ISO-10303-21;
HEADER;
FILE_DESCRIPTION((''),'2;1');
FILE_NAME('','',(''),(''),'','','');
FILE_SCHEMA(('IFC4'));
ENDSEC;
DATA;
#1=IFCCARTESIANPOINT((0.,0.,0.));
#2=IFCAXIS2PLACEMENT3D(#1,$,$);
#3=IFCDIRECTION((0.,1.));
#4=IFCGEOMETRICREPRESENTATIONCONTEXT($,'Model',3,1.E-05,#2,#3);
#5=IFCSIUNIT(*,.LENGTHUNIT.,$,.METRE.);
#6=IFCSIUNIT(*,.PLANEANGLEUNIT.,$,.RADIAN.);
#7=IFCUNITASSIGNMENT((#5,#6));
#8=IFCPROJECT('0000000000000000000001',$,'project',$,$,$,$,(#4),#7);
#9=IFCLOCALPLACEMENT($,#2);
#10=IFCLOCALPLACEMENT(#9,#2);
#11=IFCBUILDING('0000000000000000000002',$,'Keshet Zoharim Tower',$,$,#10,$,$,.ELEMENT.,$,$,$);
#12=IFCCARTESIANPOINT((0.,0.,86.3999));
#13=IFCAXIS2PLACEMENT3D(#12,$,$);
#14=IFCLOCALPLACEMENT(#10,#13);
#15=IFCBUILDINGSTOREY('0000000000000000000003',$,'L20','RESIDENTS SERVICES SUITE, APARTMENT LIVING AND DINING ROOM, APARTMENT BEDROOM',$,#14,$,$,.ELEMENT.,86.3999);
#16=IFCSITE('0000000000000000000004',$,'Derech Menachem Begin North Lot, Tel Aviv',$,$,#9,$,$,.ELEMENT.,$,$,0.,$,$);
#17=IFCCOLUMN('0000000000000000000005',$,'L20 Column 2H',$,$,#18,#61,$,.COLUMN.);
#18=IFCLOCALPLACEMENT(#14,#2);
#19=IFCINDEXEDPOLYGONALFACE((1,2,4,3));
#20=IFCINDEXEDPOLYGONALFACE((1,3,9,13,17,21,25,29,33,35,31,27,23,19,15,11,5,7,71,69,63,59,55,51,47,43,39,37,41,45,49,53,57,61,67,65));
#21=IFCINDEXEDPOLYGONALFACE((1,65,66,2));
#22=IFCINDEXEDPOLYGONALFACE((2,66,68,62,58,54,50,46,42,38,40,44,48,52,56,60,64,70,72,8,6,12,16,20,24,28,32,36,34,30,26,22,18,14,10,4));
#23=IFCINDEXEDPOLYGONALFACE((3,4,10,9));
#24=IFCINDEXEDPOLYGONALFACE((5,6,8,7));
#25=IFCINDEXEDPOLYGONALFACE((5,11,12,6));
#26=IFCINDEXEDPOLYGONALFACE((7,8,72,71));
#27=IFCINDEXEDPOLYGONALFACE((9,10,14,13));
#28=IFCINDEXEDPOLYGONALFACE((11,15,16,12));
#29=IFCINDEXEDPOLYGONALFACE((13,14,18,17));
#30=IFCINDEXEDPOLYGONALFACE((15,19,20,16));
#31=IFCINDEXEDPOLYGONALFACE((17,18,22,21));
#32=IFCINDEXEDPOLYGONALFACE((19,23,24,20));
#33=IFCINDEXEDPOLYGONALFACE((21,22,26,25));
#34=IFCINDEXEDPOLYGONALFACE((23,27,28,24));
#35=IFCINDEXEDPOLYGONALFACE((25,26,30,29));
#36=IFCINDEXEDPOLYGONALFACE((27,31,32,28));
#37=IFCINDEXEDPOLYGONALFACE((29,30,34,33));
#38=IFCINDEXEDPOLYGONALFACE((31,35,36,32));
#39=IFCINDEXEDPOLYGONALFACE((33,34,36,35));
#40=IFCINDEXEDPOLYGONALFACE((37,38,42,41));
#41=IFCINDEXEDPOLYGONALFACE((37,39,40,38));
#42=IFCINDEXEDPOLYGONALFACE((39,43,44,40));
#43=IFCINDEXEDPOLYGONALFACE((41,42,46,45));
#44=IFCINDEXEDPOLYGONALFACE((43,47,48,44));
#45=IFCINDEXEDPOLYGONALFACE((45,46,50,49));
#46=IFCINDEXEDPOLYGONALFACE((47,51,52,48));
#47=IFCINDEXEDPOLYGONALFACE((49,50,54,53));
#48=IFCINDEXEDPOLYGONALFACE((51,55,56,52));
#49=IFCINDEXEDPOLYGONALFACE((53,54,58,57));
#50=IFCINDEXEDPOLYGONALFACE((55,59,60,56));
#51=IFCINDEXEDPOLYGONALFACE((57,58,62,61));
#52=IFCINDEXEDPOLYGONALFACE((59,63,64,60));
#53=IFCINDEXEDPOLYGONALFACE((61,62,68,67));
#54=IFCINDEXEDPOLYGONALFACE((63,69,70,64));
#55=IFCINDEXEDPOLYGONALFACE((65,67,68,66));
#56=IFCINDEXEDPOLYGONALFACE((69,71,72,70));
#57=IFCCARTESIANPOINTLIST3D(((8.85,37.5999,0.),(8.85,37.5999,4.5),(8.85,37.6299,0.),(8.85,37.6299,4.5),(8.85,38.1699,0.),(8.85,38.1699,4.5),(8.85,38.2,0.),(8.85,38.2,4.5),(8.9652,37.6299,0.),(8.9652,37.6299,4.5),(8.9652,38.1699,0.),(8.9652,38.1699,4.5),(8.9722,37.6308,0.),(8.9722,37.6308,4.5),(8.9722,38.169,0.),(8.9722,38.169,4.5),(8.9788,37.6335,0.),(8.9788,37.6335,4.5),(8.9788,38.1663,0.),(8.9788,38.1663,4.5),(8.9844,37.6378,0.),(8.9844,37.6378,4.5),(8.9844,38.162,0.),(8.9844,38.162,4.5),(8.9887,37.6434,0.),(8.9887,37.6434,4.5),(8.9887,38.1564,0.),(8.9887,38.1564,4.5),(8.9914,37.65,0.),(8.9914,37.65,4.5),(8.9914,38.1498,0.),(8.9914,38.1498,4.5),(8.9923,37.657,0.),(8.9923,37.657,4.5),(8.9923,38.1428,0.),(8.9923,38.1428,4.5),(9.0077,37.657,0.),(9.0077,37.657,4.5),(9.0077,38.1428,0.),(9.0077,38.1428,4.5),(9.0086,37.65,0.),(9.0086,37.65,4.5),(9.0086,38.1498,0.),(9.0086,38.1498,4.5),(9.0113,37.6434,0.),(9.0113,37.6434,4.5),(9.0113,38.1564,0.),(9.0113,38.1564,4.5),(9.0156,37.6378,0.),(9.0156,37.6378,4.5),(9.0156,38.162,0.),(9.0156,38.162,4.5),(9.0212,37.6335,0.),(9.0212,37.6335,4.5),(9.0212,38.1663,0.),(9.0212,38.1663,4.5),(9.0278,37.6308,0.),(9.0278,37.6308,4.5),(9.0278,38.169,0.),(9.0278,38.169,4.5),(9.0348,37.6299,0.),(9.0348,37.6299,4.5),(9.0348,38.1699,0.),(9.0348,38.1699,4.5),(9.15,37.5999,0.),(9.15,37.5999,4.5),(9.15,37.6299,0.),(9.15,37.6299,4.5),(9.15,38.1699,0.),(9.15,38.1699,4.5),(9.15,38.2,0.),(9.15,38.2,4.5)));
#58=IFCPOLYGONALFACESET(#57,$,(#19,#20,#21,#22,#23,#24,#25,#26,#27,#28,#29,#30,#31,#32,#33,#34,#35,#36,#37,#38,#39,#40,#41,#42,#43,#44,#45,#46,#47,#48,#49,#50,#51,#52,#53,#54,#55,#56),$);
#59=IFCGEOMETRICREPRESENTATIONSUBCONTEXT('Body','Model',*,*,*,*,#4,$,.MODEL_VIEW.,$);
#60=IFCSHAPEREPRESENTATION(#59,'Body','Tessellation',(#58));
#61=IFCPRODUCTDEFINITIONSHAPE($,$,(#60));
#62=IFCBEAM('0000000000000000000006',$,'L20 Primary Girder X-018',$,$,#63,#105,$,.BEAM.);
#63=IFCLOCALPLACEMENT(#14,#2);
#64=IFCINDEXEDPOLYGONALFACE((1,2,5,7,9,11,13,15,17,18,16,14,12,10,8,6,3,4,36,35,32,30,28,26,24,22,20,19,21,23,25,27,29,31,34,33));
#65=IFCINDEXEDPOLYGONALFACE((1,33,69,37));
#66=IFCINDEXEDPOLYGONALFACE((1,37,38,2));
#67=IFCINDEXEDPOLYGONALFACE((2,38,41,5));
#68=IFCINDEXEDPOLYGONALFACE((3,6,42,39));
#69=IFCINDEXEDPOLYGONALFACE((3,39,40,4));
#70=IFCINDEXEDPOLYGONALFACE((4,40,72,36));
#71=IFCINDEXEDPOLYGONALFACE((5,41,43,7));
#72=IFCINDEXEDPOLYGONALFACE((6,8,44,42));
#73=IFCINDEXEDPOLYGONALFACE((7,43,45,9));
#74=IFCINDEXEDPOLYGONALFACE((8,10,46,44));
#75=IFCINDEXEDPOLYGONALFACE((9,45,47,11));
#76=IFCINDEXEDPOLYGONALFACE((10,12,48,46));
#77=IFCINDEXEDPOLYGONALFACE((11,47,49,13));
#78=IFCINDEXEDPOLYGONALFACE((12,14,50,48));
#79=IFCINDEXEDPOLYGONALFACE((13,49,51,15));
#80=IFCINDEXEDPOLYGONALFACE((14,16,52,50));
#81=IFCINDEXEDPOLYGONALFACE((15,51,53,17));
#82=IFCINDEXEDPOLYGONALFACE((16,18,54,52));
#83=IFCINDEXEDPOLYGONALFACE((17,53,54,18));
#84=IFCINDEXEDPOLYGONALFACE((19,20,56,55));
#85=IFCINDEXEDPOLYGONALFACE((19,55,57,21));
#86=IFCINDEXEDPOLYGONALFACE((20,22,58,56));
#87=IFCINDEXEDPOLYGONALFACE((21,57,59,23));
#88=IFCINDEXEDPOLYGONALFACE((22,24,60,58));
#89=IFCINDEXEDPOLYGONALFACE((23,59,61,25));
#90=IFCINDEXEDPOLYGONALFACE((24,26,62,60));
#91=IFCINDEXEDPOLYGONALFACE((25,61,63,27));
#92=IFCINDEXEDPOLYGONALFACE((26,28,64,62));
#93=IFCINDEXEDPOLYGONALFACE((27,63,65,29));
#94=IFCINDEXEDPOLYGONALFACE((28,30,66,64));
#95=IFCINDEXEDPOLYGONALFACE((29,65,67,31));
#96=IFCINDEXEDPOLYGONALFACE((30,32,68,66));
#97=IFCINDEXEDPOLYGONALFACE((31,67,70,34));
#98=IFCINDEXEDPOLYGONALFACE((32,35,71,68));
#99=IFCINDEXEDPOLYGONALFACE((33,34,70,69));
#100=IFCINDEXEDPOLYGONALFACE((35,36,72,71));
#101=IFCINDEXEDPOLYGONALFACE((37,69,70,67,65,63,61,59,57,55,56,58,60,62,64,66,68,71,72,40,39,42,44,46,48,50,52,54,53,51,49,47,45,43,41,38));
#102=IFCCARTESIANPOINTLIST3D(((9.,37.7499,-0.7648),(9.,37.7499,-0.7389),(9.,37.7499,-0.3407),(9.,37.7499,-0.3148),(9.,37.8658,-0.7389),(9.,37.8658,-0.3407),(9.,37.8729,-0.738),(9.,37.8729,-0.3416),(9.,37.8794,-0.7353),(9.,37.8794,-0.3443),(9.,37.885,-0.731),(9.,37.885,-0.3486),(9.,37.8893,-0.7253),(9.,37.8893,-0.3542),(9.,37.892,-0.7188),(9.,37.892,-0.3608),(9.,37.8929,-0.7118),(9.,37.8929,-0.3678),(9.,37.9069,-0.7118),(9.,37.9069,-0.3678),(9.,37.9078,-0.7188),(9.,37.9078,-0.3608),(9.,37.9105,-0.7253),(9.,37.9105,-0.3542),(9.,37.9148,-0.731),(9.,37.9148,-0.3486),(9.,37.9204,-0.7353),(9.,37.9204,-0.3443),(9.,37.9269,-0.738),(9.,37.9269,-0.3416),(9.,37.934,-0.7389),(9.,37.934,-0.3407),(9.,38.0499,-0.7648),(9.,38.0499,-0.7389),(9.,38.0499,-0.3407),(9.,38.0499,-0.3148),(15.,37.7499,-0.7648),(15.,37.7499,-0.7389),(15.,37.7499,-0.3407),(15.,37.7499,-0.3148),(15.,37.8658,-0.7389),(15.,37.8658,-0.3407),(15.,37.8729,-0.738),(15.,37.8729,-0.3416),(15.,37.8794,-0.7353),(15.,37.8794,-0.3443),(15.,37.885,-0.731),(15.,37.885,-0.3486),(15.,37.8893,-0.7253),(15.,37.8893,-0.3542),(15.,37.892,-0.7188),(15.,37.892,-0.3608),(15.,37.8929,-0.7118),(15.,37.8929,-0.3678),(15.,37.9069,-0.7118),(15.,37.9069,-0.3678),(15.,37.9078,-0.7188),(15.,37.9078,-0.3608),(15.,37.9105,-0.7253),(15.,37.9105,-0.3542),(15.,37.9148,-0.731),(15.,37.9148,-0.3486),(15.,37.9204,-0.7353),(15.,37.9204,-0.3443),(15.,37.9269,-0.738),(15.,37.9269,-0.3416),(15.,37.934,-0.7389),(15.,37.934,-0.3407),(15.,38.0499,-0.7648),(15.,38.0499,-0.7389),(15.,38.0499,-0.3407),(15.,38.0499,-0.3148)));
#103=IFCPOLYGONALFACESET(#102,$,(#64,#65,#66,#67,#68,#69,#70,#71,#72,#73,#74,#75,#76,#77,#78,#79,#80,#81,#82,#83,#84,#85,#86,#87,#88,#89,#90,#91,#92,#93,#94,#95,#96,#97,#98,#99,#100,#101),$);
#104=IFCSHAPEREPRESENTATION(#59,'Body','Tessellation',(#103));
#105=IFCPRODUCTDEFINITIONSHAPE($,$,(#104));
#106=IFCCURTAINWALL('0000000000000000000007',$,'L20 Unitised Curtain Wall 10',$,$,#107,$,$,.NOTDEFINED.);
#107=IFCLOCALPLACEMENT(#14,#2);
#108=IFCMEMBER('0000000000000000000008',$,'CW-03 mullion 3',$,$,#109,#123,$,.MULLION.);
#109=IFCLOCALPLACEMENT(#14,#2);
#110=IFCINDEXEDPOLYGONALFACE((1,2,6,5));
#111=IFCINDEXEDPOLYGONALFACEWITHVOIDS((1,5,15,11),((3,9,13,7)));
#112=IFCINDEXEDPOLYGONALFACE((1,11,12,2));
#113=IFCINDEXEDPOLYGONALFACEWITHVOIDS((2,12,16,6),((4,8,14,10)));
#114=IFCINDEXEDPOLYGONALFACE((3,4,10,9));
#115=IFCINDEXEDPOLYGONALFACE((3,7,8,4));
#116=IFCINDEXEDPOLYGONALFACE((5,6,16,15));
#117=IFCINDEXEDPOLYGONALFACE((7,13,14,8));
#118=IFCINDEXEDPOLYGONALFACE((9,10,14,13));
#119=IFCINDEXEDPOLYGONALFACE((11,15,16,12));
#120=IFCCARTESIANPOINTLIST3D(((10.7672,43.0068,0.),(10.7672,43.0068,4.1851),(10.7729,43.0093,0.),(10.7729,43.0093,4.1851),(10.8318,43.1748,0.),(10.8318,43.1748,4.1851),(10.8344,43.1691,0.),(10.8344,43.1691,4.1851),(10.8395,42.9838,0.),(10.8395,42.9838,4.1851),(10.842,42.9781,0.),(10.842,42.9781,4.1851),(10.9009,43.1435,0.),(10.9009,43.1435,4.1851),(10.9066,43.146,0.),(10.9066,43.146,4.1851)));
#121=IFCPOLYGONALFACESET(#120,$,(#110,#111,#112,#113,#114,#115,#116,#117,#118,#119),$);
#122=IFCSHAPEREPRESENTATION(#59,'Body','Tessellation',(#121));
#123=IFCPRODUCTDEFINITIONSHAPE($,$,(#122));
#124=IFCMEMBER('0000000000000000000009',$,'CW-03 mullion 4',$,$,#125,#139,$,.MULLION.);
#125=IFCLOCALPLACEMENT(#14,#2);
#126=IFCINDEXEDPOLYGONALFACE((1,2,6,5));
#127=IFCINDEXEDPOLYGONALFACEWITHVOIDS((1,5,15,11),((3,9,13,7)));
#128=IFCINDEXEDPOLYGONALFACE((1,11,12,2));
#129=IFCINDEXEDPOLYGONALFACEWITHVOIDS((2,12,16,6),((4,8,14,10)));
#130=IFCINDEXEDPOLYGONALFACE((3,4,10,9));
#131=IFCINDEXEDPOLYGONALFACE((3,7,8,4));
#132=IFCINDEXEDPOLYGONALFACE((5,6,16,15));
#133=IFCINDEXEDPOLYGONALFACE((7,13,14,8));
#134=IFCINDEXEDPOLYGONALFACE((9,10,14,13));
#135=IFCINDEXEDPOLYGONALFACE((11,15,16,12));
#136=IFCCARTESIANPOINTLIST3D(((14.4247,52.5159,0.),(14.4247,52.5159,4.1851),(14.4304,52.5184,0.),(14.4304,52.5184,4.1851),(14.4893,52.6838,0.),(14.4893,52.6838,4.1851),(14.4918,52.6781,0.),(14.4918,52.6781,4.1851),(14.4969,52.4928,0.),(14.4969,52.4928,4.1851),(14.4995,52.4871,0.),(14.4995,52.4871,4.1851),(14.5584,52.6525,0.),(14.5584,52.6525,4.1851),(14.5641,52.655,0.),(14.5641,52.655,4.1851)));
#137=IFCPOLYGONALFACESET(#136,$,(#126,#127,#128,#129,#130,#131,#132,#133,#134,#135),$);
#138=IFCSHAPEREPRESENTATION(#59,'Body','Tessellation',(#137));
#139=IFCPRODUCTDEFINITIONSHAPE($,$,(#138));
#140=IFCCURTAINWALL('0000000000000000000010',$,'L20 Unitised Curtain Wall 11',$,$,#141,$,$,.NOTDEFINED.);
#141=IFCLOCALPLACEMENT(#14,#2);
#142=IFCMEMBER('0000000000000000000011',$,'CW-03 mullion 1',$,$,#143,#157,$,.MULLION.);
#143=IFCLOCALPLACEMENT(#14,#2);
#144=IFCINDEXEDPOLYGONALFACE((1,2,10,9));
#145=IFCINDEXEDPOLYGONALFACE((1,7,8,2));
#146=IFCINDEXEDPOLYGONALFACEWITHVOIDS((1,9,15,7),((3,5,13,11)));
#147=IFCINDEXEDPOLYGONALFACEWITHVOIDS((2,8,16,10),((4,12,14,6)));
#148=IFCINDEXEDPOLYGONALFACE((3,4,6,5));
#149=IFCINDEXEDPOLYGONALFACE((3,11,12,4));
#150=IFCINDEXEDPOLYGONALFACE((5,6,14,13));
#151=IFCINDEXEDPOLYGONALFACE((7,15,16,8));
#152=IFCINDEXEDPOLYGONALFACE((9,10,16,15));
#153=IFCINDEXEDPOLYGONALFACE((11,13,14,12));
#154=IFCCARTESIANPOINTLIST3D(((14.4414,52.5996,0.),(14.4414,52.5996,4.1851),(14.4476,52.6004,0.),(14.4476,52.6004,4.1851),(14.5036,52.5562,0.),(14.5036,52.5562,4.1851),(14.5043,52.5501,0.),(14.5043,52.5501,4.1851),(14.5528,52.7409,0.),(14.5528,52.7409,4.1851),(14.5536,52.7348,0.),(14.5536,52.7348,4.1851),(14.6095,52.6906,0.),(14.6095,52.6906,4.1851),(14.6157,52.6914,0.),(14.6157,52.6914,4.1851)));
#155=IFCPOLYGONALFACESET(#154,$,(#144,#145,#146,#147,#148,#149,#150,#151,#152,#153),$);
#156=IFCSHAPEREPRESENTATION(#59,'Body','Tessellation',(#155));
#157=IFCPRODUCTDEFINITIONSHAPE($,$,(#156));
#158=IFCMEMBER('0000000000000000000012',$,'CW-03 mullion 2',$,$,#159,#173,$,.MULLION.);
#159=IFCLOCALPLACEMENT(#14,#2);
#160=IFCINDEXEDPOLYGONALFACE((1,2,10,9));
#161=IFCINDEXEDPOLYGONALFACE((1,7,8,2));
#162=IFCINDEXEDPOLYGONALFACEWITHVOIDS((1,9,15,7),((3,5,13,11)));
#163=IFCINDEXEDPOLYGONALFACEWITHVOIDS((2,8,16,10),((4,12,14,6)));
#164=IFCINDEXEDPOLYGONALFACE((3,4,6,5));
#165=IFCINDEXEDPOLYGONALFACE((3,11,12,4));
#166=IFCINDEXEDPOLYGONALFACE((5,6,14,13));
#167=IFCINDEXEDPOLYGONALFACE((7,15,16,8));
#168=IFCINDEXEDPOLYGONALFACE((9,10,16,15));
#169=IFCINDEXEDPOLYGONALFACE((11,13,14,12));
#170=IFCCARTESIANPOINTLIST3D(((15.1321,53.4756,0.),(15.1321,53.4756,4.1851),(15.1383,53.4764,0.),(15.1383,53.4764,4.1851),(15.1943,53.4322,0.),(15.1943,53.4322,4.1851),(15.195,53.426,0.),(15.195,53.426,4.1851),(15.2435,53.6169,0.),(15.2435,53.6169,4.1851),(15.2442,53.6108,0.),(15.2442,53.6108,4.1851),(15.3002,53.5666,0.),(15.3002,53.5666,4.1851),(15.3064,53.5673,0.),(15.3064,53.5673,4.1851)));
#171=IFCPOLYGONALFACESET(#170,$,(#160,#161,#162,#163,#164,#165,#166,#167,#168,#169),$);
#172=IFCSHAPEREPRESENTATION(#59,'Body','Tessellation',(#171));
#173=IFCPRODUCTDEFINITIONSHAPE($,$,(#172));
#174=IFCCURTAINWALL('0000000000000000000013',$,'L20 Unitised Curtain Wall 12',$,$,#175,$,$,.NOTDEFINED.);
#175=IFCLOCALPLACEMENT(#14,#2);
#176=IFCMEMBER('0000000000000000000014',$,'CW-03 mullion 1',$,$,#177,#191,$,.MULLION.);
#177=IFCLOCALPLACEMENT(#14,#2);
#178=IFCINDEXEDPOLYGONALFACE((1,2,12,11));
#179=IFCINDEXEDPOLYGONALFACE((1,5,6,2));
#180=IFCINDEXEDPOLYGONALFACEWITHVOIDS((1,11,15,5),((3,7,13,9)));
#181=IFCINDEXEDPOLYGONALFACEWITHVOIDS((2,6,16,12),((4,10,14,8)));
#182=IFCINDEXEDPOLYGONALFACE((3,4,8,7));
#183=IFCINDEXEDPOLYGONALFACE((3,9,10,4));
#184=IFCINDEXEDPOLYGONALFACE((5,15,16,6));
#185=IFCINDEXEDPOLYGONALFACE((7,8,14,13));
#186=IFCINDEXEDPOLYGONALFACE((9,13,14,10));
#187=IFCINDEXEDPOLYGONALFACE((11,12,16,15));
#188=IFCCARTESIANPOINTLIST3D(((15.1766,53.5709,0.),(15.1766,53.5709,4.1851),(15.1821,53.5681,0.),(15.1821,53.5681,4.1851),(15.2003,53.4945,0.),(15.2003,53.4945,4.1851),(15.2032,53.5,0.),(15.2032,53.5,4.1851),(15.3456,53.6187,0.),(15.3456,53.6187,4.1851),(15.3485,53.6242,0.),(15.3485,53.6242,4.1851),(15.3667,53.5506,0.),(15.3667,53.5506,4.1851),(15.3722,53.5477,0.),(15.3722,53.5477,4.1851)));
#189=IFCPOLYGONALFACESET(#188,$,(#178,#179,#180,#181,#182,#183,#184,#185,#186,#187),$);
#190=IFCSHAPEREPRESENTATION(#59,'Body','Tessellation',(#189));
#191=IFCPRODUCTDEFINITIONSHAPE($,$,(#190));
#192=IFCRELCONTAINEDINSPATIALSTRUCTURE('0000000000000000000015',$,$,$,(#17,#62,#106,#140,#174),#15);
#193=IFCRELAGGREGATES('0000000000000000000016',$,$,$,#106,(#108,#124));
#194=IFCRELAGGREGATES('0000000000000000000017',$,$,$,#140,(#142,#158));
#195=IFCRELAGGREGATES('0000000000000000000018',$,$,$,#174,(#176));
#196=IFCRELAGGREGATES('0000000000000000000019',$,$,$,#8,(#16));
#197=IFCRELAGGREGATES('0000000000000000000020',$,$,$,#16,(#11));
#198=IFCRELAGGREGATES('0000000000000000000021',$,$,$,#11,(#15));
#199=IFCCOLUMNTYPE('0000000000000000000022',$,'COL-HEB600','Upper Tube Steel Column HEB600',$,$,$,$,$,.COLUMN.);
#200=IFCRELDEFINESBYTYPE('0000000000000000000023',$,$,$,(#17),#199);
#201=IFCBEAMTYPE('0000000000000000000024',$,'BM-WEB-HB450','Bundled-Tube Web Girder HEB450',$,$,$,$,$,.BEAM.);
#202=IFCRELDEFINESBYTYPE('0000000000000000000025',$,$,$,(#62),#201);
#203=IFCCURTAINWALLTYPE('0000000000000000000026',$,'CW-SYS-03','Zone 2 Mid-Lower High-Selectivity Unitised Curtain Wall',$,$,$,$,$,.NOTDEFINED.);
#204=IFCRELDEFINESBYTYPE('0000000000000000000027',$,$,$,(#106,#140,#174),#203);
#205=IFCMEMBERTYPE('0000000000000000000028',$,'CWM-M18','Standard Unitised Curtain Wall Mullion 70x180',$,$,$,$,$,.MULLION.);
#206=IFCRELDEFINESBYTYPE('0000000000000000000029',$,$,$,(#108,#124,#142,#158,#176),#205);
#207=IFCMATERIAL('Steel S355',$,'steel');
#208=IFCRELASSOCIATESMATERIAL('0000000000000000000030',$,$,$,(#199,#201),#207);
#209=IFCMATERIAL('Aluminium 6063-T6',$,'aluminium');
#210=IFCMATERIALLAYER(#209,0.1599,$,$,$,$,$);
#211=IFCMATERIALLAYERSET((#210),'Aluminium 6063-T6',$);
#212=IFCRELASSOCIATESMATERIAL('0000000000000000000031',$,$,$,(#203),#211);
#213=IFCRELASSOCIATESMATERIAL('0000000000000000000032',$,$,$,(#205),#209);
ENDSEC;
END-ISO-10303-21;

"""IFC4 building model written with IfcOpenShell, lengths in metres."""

from ifc_helpers import new_model, si_unit, direction, frame, origin, origin_2d, place, context, subcontext, project, spatial, hollow_rectangle, i_section, extrude, material, layer, layer_set, material_profile, profile_set, type_object, element, aggregate, save


model = new_model("IFC4")

# Units and contexts
model_context = context("Model", 3, precision=1e-05, world=origin(), true_north=direction((0.0, 1.0)))
body_context = subcontext(model_context, "Body", "Model", "MODEL_VIEW")
ifc_project = project(units=[si_unit("LENGTHUNIT", "METRE"), si_unit("PLANEANGLEUNIT", "RADIAN")], contexts=[model_context])

# Site, building, storey
site_placement = place(None, origin())
site = spatial("IfcSite", under=ifc_project, at=site_placement, Name="Derech Menachem Begin North Lot, Tel Aviv", CompositionType="ELEMENT", RefElevation=0.0)
building_placement = place(site_placement, origin())
building = spatial("IfcBuilding", under=site, at=building_placement, Name="Keshet Zoharim Tower", CompositionType="ELEMENT")
storey_placement = place(building_placement, frame((0.0, 0.0, 86.3999)))
storey = spatial("IfcBuildingStorey", under=building, at=storey_placement, Name="L20", Description="RESIDENTS SERVICES SUITE, APARTMENT LIVING AND DINING ROOM, APARTMENT BEDROOM", CompositionType="ELEMENT", Elevation=86.3999)

# Column
ifc_material_1 = material(Name="Steel S355", Category="steel")
ifc_material_profile_1 = material_profile(ifc_material_1, i_section(OverallWidth=0.3, OverallDepth=0.6001, WebThickness=0.0154, FlangeThickness=0.03, FilletRadius=0.0271, at=origin_2d()), Name="HEB600")
ifc_profile_set_1 = profile_set([ifc_material_profile_1], Name="Steel S355")
column_type = type_object("IfcColumnType", Name="COL-HEB600", Description="Upper Tube Steel Column HEB600", PredefinedType="COLUMN", material=ifc_profile_set_1)
column_placement = place(storey_placement, frame((9.0, 37.8999, 0.0), z_axis=(0.0, 0.0, 1.0), x_axis=(1.0, 0.0, 0.0)))
element("IfcColumn", 1, at=column_placement, inside=storey, type_object=column_type, Name="L20 Column 2H", PredefinedType="COLUMN", context=body_context, shape_type="SweptSolid", body=[
    extrude(i_section(OverallWidth=0.3, OverallDepth=0.6001, WebThickness=0.0154, FlangeThickness=0.03, FilletRadius=0.0271, at=origin_2d()), origin(), (0.0, 0.0, 1.0), 4.5),
])

# Beam
ifc_material_profile_2 = material_profile(ifc_material_1, i_section(OverallWidth=0.3, OverallDepth=0.45, WebThickness=0.0139, FlangeThickness=0.0259, FilletRadius=0.0271, at=origin_2d()), Name="HEB450")
ifc_profile_set_2 = profile_set([ifc_material_profile_2], Name="Steel S355")
beam_type = type_object("IfcBeamType", Name="BM-WEB-HB450", Description="Bundled-Tube Web Girder HEB450", PredefinedType="BEAM", material=ifc_profile_set_2)
beam_placement = place(storey_placement, frame((9.0, 37.8999, -0.5398), z_axis=(1.0, 0.0, 0.0), x_axis=(0.0, 1.0, 0.0)))
element("IfcBeam", 2, at=beam_placement, inside=storey, type_object=beam_type, Name="L20 Primary Girder X-018", PredefinedType="BEAM", context=body_context, shape_type="SweptSolid", body=[
    extrude(i_section(OverallWidth=0.3, OverallDepth=0.45, WebThickness=0.0139, FlangeThickness=0.0259, FilletRadius=0.0271, at=origin_2d()), origin(), (0.0, 0.0, 1.0), 6.0),
])

# Curtain walls, members
ifc_material_2 = material(Name="Aluminium 6063-T6", Category="aluminium")
ifc_layer_1 = layer(ifc_material_2, 0.1599)
ifc_layer_set_1 = layer_set([ifc_layer_1], Name="Aluminium 6063-T6")
curtain_wall_type = type_object("IfcCurtainWallType", Name="CW-SYS-03", Description="Zone 2 Mid-Lower High-Selectivity Unitised Curtain Wall", PredefinedType="NOTDEFINED", material=ifc_layer_set_1)
curtain_wall_1_placement = place(storey_placement, origin())
curtain_wall_1 = element("IfcCurtainWall", 3, at=curtain_wall_1_placement, inside=storey, type_object=curtain_wall_type, Name="L20 Unitised Curtain Wall 10", PredefinedType="NOTDEFINED")
ifc_material_profile_3 = material_profile(ifc_material_2, hollow_rectangle(XDim=0.0801, YDim=0.1799, WallThickness=0.0044, at=origin_2d()), Name="MUL-80x180")
ifc_profile_set_3 = profile_set([ifc_material_profile_3], Name="Aluminium 6063-T6")
member_type_1 = type_object("IfcMemberType", Name="CWM-M18", Description="Standard Unitised Curtain Wall Mullion 70x180", PredefinedType="MULLION", material=ifc_profile_set_3)
member_1_placement = place(storey_placement, frame((10.8369, 43.0764, 0.0), z_axis=(0.0, 0.0, 1.0), x_axis=(-0.933341, 0.35899, 0.0)))
member_1 = element("IfcMember", 4, at=member_1_placement, type_object=member_type_1, Name="CW-03 mullion 3", PredefinedType="MULLION", context=body_context, shape_type="SweptSolid", body=[
    extrude(hollow_rectangle(XDim=0.0801, YDim=0.1799, WallThickness=0.0044, at=origin_2d()), origin(), (0.0, 0.0, 1.0), 4.1851),
])
member_2_placement = place(storey_placement, frame((14.4944, 52.5854, 0.0), z_axis=(0.0, 0.0, 1.0), x_axis=(-0.933341, 0.35899, 0.0)))
member_2 = element("IfcMember", 5, at=member_2_placement, type_object=member_type_1, Name="CW-03 mullion 4", PredefinedType="MULLION", context=body_context, shape_type="SweptSolid", body=[
    extrude(hollow_rectangle(XDim=0.0801, YDim=0.1799, WallThickness=0.0044, at=origin_2d()), origin(), (0.0, 0.0, 1.0), 4.1851),
])
curtain_wall_2_placement = place(storey_placement, origin())
curtain_wall_2 = element("IfcCurtainWall", 6, at=curtain_wall_2_placement, inside=storey, type_object=curtain_wall_type, Name="L20 Unitised Curtain Wall 11", PredefinedType="NOTDEFINED")
member_3_placement = place(storey_placement, frame((14.5286, 52.6455, 0.0), z_axis=(0.0, 0.0, 1.0), x_axis=(-0.785293, 0.619125, 0.0)))
member_3 = element("IfcMember", 7, at=member_3_placement, type_object=member_type_1, Name="CW-03 mullion 1", PredefinedType="MULLION", context=body_context, shape_type="SweptSolid", body=[
    extrude(hollow_rectangle(XDim=0.0801, YDim=0.1799, WallThickness=0.0044, at=origin_2d()), origin(), (0.0, 0.0, 1.0), 4.1851),
])
member_4_placement = place(storey_placement, frame((15.2192, 53.5215, 0.0), z_axis=(0.0, 0.0, 1.0), x_axis=(-0.785293, 0.619125, 0.0)))
member_4 = element("IfcMember", 8, at=member_4_placement, type_object=member_type_1, Name="CW-03 mullion 2", PredefinedType="MULLION", context=body_context, shape_type="SweptSolid", body=[
    extrude(hollow_rectangle(XDim=0.0801, YDim=0.1799, WallThickness=0.0044, at=origin_2d()), origin(), (0.0, 0.0, 1.0), 4.1851),
])
curtain_wall_3_placement = place(storey_placement, origin())
curtain_wall_3 = element("IfcCurtainWall", 9, at=curtain_wall_3_placement, inside=storey, type_object=curtain_wall_type, Name="L20 Unitised Curtain Wall 12", PredefinedType="NOTDEFINED")
member_5_placement = place(storey_placement, frame((15.2744, 53.5593, 0.0), z_axis=(0.0, 0.0, 1.0), x_axis=(-0.295922, 0.955212, 0.0)))
member_5 = element("IfcMember", 10, at=member_5_placement, type_object=member_type_1, Name="CW-03 mullion 1", PredefinedType="MULLION", context=body_context, shape_type="SweptSolid", body=[
    extrude(hollow_rectangle(XDim=0.0801, YDim=0.1799, WallThickness=0.0044, at=origin_2d()), origin(), (0.0, 0.0, 1.0), 4.1851),
])

aggregate(curtain_wall_1, [member_1, member_2])
aggregate(curtain_wall_2, [member_3, member_4])
aggregate(curtain_wall_3, [member_5])

save(model, "model.ifc")
